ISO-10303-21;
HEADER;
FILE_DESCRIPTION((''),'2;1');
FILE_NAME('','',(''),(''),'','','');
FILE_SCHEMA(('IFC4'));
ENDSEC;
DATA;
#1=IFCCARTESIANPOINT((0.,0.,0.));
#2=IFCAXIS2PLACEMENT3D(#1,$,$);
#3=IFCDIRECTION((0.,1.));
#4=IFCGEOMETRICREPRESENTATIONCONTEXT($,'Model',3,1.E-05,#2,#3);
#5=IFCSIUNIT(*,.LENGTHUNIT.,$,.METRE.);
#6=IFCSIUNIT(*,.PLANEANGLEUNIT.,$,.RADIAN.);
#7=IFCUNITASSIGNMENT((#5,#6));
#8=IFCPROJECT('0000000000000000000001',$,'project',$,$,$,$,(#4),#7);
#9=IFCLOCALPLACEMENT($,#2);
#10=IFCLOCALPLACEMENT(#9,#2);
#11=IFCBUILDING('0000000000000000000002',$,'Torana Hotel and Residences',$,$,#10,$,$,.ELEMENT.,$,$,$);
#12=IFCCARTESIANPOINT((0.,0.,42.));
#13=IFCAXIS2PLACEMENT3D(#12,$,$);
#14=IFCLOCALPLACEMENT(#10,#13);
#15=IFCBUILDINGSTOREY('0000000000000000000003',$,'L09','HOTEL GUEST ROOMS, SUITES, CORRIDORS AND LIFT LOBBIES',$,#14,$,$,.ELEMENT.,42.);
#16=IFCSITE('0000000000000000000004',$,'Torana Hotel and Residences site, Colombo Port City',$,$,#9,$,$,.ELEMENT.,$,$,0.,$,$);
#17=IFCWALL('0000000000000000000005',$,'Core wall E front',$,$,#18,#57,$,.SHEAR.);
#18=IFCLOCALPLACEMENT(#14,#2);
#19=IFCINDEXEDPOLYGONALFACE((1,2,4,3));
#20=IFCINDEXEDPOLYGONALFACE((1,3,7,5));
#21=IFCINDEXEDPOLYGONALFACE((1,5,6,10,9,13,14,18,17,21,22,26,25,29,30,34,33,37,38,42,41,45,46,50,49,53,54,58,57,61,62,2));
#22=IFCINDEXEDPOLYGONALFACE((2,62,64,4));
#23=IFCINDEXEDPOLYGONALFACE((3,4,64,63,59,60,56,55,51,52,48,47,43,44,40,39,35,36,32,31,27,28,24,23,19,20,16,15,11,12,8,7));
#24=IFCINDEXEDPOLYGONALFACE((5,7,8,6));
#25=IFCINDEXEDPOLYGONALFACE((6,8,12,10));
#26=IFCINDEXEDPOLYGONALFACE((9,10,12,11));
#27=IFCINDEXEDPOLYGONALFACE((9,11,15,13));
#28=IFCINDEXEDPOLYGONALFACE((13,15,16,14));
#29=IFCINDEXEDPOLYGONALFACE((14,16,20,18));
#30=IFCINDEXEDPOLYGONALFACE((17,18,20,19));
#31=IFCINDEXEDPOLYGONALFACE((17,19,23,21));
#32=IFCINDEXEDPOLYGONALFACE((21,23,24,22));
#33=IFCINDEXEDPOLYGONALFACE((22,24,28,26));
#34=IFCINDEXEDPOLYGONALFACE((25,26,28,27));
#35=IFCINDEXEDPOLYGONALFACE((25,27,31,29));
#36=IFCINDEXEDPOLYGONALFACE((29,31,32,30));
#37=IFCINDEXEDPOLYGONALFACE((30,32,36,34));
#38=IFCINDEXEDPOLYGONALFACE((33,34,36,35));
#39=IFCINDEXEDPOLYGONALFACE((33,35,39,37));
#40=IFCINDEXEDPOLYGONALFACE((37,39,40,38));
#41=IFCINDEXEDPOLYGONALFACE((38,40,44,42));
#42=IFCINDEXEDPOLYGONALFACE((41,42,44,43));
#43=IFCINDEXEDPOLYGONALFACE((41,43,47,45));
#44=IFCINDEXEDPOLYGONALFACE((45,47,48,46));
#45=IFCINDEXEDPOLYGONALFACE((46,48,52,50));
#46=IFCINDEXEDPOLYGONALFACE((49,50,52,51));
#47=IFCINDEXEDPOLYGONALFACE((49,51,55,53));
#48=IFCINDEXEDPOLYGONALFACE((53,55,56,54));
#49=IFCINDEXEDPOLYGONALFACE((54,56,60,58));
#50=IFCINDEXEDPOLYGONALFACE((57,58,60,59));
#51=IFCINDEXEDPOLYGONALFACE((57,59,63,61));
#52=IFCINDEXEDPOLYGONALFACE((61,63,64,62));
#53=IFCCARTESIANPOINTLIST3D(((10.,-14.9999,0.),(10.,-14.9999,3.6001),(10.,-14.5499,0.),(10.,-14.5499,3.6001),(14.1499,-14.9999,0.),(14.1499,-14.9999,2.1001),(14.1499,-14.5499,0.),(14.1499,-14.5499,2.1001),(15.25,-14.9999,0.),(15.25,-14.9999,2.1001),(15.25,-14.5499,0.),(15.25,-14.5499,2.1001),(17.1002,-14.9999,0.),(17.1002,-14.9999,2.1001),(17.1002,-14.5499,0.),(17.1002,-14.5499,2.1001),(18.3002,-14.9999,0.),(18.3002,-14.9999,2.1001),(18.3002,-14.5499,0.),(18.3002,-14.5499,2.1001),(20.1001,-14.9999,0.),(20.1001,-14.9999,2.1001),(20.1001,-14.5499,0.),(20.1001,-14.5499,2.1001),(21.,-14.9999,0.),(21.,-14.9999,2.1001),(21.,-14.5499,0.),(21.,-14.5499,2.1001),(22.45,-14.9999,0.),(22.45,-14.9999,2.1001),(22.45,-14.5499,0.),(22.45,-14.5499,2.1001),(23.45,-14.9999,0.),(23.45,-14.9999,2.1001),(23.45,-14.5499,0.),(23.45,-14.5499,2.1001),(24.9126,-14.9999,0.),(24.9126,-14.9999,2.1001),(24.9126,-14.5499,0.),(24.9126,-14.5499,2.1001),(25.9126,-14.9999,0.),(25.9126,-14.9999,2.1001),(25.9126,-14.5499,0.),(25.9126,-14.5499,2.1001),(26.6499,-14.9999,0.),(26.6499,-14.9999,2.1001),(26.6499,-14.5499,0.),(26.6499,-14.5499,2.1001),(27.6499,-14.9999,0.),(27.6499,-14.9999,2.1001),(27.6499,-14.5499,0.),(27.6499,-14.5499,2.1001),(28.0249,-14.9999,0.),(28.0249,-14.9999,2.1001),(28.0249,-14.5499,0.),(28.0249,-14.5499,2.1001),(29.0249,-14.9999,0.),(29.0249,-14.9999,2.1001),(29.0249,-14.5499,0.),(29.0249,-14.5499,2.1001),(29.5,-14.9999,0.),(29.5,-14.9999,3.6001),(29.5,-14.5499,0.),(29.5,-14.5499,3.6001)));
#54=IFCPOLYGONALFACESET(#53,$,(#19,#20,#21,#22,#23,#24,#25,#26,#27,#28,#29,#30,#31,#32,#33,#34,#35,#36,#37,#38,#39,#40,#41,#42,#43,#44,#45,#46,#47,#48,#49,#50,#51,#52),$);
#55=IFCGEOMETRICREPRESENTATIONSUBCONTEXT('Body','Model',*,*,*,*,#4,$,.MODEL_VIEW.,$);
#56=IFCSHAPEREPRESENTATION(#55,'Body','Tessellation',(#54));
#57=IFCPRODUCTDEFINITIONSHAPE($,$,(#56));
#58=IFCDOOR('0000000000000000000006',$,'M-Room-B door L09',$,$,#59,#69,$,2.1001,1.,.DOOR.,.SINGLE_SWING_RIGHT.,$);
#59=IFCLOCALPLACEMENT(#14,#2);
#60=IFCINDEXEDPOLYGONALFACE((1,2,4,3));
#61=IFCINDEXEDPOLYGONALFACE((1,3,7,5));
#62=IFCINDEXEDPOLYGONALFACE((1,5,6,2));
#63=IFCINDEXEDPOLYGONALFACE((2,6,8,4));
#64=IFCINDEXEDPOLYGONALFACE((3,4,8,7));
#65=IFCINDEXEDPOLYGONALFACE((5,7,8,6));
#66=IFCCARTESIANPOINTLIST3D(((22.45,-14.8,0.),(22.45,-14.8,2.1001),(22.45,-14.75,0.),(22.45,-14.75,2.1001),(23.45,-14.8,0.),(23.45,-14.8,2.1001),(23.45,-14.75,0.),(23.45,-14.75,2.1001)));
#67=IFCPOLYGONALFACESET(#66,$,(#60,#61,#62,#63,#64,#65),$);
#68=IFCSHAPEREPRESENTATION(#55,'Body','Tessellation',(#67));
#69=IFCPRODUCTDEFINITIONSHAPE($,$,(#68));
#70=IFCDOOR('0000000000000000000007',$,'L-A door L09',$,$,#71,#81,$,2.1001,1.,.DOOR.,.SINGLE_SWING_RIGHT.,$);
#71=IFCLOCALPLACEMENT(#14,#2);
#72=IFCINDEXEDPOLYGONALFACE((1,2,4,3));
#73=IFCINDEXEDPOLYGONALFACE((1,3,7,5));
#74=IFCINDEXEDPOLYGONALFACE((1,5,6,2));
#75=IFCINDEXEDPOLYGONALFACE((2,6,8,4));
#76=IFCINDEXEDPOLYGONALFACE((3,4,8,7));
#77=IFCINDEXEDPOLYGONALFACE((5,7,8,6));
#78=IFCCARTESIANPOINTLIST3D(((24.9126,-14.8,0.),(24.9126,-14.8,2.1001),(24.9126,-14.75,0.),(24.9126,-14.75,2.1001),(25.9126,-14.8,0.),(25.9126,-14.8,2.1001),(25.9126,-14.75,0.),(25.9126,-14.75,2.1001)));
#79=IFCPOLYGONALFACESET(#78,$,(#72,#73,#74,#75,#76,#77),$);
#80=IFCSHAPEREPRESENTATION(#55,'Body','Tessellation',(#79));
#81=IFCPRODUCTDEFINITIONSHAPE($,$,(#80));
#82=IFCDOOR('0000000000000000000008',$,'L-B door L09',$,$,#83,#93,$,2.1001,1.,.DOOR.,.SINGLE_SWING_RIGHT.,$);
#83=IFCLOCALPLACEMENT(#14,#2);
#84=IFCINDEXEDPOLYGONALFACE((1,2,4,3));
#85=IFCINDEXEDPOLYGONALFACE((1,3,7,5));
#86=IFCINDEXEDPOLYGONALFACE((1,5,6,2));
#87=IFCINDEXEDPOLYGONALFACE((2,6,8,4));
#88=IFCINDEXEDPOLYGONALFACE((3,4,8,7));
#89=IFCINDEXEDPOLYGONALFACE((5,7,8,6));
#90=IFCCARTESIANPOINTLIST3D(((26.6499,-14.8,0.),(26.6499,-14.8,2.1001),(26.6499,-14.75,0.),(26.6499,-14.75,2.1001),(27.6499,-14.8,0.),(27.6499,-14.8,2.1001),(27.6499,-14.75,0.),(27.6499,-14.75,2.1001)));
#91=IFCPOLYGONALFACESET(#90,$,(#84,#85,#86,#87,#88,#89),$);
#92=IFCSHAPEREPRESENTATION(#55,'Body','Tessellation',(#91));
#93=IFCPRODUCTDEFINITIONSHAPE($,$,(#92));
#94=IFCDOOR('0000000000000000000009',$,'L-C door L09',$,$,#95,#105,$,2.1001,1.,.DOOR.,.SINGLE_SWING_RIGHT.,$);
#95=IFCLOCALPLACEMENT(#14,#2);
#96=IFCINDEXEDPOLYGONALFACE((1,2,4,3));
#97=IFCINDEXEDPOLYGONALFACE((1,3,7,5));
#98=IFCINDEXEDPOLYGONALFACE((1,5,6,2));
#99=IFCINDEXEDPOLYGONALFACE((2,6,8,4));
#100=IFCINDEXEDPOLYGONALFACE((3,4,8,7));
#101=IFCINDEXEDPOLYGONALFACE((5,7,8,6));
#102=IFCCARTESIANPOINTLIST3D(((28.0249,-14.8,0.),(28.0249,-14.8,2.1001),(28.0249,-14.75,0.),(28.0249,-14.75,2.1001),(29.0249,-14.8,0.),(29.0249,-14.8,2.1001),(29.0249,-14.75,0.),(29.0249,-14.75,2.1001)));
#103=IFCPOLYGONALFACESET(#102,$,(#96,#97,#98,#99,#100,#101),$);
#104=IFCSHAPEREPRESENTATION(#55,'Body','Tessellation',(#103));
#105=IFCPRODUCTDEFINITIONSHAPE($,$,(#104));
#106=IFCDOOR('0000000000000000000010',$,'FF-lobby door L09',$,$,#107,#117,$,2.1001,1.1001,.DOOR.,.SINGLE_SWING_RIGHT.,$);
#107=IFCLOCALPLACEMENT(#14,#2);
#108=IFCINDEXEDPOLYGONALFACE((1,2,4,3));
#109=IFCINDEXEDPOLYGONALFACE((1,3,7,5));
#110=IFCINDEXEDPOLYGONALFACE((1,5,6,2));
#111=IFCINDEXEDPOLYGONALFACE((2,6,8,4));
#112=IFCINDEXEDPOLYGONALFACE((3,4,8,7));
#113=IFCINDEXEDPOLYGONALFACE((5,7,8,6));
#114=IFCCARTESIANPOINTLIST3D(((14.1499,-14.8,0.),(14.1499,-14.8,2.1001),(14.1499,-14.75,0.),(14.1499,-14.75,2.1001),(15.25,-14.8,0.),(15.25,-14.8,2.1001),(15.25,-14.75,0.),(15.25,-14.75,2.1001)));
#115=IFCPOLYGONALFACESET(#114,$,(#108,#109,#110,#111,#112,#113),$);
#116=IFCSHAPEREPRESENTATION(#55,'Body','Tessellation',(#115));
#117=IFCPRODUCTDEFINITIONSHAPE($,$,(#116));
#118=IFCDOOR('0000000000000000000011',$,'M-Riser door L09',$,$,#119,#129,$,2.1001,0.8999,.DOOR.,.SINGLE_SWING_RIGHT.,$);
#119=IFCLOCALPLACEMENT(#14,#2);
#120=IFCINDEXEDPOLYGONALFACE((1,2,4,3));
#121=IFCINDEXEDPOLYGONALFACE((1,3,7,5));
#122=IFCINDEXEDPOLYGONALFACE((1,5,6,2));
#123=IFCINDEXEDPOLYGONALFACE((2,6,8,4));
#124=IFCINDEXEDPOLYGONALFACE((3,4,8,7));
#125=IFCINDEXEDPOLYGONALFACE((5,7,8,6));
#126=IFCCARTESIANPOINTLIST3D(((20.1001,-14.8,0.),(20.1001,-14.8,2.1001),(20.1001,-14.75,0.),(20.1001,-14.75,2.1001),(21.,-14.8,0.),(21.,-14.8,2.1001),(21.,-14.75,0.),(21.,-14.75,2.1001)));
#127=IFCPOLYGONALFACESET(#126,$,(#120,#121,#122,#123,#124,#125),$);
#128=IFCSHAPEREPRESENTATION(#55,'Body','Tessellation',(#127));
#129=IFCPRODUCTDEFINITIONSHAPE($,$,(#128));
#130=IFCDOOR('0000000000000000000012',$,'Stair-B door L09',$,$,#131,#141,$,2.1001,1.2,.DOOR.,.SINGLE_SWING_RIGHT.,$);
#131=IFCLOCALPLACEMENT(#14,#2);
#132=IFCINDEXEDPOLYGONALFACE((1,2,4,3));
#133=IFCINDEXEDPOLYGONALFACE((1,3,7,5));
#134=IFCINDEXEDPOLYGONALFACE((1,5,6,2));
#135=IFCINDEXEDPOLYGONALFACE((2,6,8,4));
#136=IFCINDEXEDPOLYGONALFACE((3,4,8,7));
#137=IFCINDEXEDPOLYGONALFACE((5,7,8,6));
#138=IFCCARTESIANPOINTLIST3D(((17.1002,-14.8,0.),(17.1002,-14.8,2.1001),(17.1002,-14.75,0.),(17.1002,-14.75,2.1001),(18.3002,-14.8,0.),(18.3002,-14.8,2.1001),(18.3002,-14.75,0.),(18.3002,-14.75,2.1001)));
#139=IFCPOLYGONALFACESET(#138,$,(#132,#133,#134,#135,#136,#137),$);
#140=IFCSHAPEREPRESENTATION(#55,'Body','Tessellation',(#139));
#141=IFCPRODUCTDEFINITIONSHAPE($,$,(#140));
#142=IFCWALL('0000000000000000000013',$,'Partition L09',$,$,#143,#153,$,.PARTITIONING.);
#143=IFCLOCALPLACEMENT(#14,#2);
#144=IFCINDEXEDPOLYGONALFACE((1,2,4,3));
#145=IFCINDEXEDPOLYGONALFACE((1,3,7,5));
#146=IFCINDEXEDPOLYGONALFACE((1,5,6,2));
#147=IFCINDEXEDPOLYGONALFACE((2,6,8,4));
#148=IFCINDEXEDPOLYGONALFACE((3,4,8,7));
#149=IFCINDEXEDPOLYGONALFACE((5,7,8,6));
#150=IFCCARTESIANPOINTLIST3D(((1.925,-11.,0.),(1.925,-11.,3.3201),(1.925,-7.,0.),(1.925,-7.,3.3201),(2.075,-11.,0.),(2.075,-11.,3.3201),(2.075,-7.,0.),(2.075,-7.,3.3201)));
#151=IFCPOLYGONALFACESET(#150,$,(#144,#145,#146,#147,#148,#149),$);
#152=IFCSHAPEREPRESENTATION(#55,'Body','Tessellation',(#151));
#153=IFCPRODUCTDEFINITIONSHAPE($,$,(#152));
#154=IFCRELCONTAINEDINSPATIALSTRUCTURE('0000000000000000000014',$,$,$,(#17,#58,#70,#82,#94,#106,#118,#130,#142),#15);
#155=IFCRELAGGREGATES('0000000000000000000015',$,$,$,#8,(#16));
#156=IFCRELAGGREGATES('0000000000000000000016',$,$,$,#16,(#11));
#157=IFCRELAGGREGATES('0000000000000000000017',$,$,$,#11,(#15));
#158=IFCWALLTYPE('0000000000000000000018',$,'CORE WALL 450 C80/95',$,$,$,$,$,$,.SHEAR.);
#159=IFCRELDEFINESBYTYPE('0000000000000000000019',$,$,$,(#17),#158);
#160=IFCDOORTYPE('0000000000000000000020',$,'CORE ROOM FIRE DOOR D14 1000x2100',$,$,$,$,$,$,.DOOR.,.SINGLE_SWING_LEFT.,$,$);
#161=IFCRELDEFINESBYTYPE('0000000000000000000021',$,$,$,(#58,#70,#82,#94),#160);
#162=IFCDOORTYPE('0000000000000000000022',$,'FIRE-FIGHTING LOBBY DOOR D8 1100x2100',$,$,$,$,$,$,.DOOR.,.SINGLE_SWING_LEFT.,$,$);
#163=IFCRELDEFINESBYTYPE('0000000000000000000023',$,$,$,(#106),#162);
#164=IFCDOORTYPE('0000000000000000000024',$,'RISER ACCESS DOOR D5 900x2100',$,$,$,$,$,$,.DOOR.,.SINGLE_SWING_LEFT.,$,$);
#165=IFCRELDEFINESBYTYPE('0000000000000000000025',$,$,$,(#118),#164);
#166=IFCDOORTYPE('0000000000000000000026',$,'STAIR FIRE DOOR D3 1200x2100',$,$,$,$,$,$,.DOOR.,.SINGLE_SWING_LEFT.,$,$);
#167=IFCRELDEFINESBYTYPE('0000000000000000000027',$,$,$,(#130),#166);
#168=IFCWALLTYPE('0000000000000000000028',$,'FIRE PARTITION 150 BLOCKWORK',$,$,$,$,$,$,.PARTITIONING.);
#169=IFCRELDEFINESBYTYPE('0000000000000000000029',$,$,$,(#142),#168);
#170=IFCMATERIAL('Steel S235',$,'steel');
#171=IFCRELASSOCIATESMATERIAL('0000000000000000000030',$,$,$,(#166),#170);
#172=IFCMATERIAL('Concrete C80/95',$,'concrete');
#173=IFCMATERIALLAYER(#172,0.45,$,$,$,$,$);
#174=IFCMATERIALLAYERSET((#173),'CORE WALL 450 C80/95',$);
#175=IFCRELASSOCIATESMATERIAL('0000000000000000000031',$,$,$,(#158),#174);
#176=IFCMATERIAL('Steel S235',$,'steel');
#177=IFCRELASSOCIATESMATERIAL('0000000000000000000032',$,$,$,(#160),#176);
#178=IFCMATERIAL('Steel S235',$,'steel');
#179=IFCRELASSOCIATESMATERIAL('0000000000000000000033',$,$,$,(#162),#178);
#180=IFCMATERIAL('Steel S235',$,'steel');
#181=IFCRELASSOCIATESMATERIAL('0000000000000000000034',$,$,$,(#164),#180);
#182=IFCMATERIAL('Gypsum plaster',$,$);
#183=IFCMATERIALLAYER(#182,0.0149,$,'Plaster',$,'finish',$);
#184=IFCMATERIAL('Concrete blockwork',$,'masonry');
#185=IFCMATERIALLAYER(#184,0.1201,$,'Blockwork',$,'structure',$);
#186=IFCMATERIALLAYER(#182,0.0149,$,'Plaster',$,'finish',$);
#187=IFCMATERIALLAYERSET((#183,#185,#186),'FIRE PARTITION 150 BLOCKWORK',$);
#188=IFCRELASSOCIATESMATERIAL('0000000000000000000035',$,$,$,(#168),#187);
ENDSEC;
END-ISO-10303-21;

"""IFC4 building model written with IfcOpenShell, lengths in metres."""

from ifc_helpers import new_model, si_unit, direction, frame, frame_2d, origin, place, context, subcontext, project, spatial, rectangle, extrude, material, layer, layer_set, type_object, element, fill, save


model = new_model("IFC4")

# Units and contexts
model_context = context("Model", 3, precision=1e-05, world=origin(), true_north=direction((0.0, 1.0)))
body_context = subcontext(model_context, "Body", "Model", "MODEL_VIEW")
ifc_project = project(units=[si_unit("LENGTHUNIT", "METRE"), si_unit("PLANEANGLEUNIT", "RADIAN")], contexts=[model_context])

# Site, building, storey
site_placement = place(None, origin())
site = spatial("IfcSite", under=ifc_project, at=site_placement, Name="Torana Hotel and Residences site, Colombo Port City", CompositionType="ELEMENT", RefElevation=0.0)
building_placement = place(site_placement, origin())
building = spatial("IfcBuilding", under=site, at=building_placement, Name="Torana Hotel and Residences", CompositionType="ELEMENT")
storey_placement = place(building_placement, frame((0.0, 0.0, 42.0)))
storey = spatial("IfcBuildingStorey", under=building, at=storey_placement, Name="L09", Description="HOTEL GUEST ROOMS, SUITES, CORRIDORS AND LIFT LOBBIES", CompositionType="ELEMENT", Elevation=42.0)

# Wall, openings, doors
ifc_material_1 = material(Name="Steel S235", Category="steel")
door_type_1 = type_object("IfcDoorType", Name="STAIR FIRE DOOR D3 1200x2100", OperationType="SINGLE_SWING_LEFT", PredefinedType="DOOR", material=ifc_material_1)
ifc_material_2 = material(Name="Concrete C80/95", Category="concrete")
ifc_layer_1 = layer(ifc_material_2, 0.45)
ifc_layer_set_1 = layer_set([ifc_layer_1], Name="CORE WALL 450 C80/95")
wall_type_1 = type_object("IfcWallType", Name="CORE WALL 450 C80/95", PredefinedType="SHEAR", material=ifc_layer_set_1)
wall_1_placement = place(storey_placement, frame((10.0, -14.7749, 0.0), z_axis=(0.0, 0.0, 1.0), x_axis=(1.0, 0.0, 0.0)))
wall_1 = element("IfcWall", 1, at=wall_1_placement, inside=storey, type_object=wall_type_1, Name="Core wall E front", PredefinedType="SHEAR", context=body_context, shape_type="SweptSolid", body=[
    extrude(rectangle(XDim=19.5, YDim=0.45, at=frame_2d((9.75, 0.0))), origin(), (0.0, 0.0, 1.0), 3.6001),
])
opening_1_placement = place(wall_1_placement, frame((7.1001, 0.0, 0.0)))
opening_1 = element("IfcOpeningElement", 2, at=opening_1_placement, cuts=wall_1, PredefinedType="OPENING", context=body_context, shape_type="SweptSolid", body=[
    extrude(rectangle(XDim=1.2, YDim=2.1001, at=frame_2d((0.6001, 1.05))), frame((0.0, 0.2349, 0.0), z_axis=(0.0, -1.0, 0.0), x_axis=(1.0, 0.0, 0.0)), (0.0, 0.0, 1.0), 0.47),
])
opening_2_placement = place(wall_1_placement, frame((4.1499, 0.0, 0.0)))
opening_2 = element("IfcOpeningElement", 3, at=opening_2_placement, cuts=wall_1, PredefinedType="OPENING", context=body_context, shape_type="SweptSolid", body=[
    extrude(rectangle(XDim=1.1001, YDim=2.1001, at=frame_2d((0.55, 1.05))), frame((0.0, 0.2349, 0.0), z_axis=(0.0, -1.0, 0.0), x_axis=(1.0, 0.0, 0.0)), (0.0, 0.0, 1.0), 0.47),
])
opening_3_placement = place(wall_1_placement, frame((10.1001, 0.0, 0.0)))
opening_3 = element("IfcOpeningElement", 4, at=opening_3_placement, cuts=wall_1, PredefinedType="OPENING", context=body_context, shape_type="SweptSolid", body=[
    extrude(rectangle(XDim=0.8999, YDim=2.1001, at=frame_2d((0.45, 1.05))), frame((0.0, 0.2349, 0.0), z_axis=(0.0, -1.0, 0.0), x_axis=(1.0, 0.0, 0.0)), (0.0, 0.0, 1.0), 0.47),
])
opening_4_placement = place(wall_1_placement, frame((12.45, 0.0, 0.0)))
opening_4 = element("IfcOpeningElement", 5, at=opening_4_placement, cuts=wall_1, PredefinedType="OPENING", context=body_context, shape_type="SweptSolid", body=[
    extrude(rectangle(XDim=1.0, YDim=2.1001, at=frame_2d((0.5, 1.05))), frame((0.0, 0.2349, 0.0), z_axis=(0.0, -1.0, 0.0), x_axis=(1.0, 0.0, 0.0)), (0.0, 0.0, 1.0), 0.47),
])
opening_5_placement = place(wall_1_placement, frame((14.9126, 0.0, 0.0)))
opening_5 = element("IfcOpeningElement", 6, at=opening_5_placement, cuts=wall_1, PredefinedType="OPENING", context=body_context, shape_type="SweptSolid", body=[
    extrude(rectangle(XDim=1.0, YDim=2.1001, at=frame_2d((0.5, 1.05))), frame((0.0, 0.2349, 0.0), z_axis=(0.0, -1.0, 0.0), x_axis=(1.0, 0.0, 0.0)), (0.0, 0.0, 1.0), 0.47),
])
opening_6_placement = place(wall_1_placement, frame((16.6499, 0.0, 0.0)))
opening_6 = element("IfcOpeningElement", 7, at=opening_6_placement, cuts=wall_1, PredefinedType="OPENING", context=body_context, shape_type="SweptSolid", body=[
    extrude(rectangle(XDim=1.0, YDim=2.1001, at=frame_2d((0.5, 1.05))), frame((0.0, 0.2349, 0.0), z_axis=(0.0, -1.0, 0.0), x_axis=(1.0, 0.0, 0.0)), (0.0, 0.0, 1.0), 0.47),
])
opening_7_placement = place(wall_1_placement, frame((18.0249, 0.0, 0.0)))
opening_7 = element("IfcOpeningElement", 8, at=opening_7_placement, cuts=wall_1, PredefinedType="OPENING", context=body_context, shape_type="SweptSolid", body=[
    extrude(rectangle(XDim=1.0, YDim=2.1001, at=frame_2d((0.5, 1.05))), frame((0.0, 0.2349, 0.0), z_axis=(0.0, -1.0, 0.0), x_axis=(1.0, 0.0, 0.0)), (0.0, 0.0, 1.0), 0.47),
])
ifc_material_3 = material(Name="Steel S235", Category="steel")
door_type_2 = type_object("IfcDoorType", Name="CORE ROOM FIRE DOOR D14 1000x2100", OperationType="SINGLE_SWING_LEFT", PredefinedType="DOOR", material=ifc_material_3)
door_1_placement = place(opening_4_placement, origin())
door_1 = element("IfcDoor", 9, at=door_1_placement, inside=storey, type_object=door_type_2, Name="M-Room-B door L09", OperationType="SINGLE_SWING_RIGHT", OverallHeight=2.1001, OverallWidth=1.0, PredefinedType="DOOR", context=body_context, shape_type="SweptSolid", body=[
    extrude(rectangle(XDim=1.0, YDim=2.1001, at=frame_2d((0.5, 1.05))), frame((0.0, 0.0249, 0.0), z_axis=(0.0, -1.0, 0.0), x_axis=(1.0, 0.0, 0.0)), (0.0, 0.0, 1.0), 0.05),
])
fill(opening_4, door_1)
door_2_placement = place(opening_5_placement, origin())
door_2 = element("IfcDoor", 10, at=door_2_placement, inside=storey, type_object=door_type_2, Name="L-A door L09", OperationType="SINGLE_SWING_RIGHT", OverallHeight=2.1001, OverallWidth=1.0, PredefinedType="DOOR", context=body_context, shape_type="SweptSolid", body=[
    extrude(rectangle(XDim=1.0, YDim=2.1001, at=frame_2d((0.5, 1.05))), frame((0.0, 0.0249, 0.0), z_axis=(0.0, -1.0, 0.0), x_axis=(1.0, 0.0, 0.0)), (0.0, 0.0, 1.0), 0.05),
])
fill(opening_5, door_2)
door_3_placement = place(opening_6_placement, origin())
door_3 = element("IfcDoor", 11, at=door_3_placement, inside=storey, type_object=door_type_2, Name="L-B door L09", OperationType="SINGLE_SWING_RIGHT", OverallHeight=2.1001, OverallWidth=1.0, PredefinedType="DOOR", context=body_context, shape_type="SweptSolid", body=[
    extrude(rectangle(XDim=1.0, YDim=2.1001, at=frame_2d((0.5, 1.05))), frame((0.0, 0.0249, 0.0), z_axis=(0.0, -1.0, 0.0), x_axis=(1.0, 0.0, 0.0)), (0.0, 0.0, 1.0), 0.05),
])
fill(opening_6, door_3)
door_4_placement = place(opening_7_placement, origin())
door_4 = element("IfcDoor", 12, at=door_4_placement, inside=storey, type_object=door_type_2, Name="L-C door L09", OperationType="SINGLE_SWING_RIGHT", OverallHeight=2.1001, OverallWidth=1.0, PredefinedType="DOOR", context=body_context, shape_type="SweptSolid", body=[
    extrude(rectangle(XDim=1.0, YDim=2.1001, at=frame_2d((0.5, 1.05))), frame((0.0, 0.0249, 0.0), z_axis=(0.0, -1.0, 0.0), x_axis=(1.0, 0.0, 0.0)), (0.0, 0.0, 1.0), 0.05),
])
fill(opening_7, door_4)
ifc_material_4 = material(Name="Steel S235", Category="steel")
door_type_3 = type_object("IfcDoorType", Name="FIRE-FIGHTING LOBBY DOOR D8 1100x2100", OperationType="SINGLE_SWING_LEFT", PredefinedType="DOOR", material=ifc_material_4)
door_5_placement = place(opening_2_placement, origin())
door_5 = element("IfcDoor", 13, at=door_5_placement, inside=storey, type_object=door_type_3, Name="FF-lobby door L09", OperationType="SINGLE_SWING_RIGHT", OverallHeight=2.1001, OverallWidth=1.1001, PredefinedType="DOOR", context=body_context, shape_type="SweptSolid", body=[
    extrude(rectangle(XDim=1.1001, YDim=2.1001, at=frame_2d((0.55, 1.05))), frame((0.0, 0.0249, 0.0), z_axis=(0.0, -1.0, 0.0), x_axis=(1.0, 0.0, 0.0)), (0.0, 0.0, 1.0), 0.05),
])
fill(opening_2, door_5)
ifc_material_5 = material(Name="Steel S235", Category="steel")
door_type_4 = type_object("IfcDoorType", Name="RISER ACCESS DOOR D5 900x2100", OperationType="SINGLE_SWING_LEFT", PredefinedType="DOOR", material=ifc_material_5)
door_6_placement = place(opening_3_placement, origin())
door_6 = element("IfcDoor", 14, at=door_6_placement, inside=storey, type_object=door_type_4, Name="M-Riser door L09", OperationType="SINGLE_SWING_RIGHT", OverallHeight=2.1001, OverallWidth=0.8999, PredefinedType="DOOR", context=body_context, shape_type="SweptSolid", body=[
    extrude(rectangle(XDim=0.8999, YDim=2.1001, at=frame_2d((0.45, 1.05))), frame((0.0, 0.0249, 0.0), z_axis=(0.0, -1.0, 0.0), x_axis=(1.0, 0.0, 0.0)), (0.0, 0.0, 1.0), 0.05),
])
fill(opening_3, door_6)
door_7_placement = place(opening_1_placement, origin())
door_7 = element("IfcDoor", 15, at=door_7_placement, inside=storey, type_object=door_type_1, Name="Stair-B door L09", OperationType="SINGLE_SWING_RIGHT", OverallHeight=2.1001, OverallWidth=1.2, PredefinedType="DOOR", context=body_context, shape_type="SweptSolid", body=[
    extrude(rectangle(XDim=1.2, YDim=2.1001, at=frame_2d((0.6001, 1.05))), frame((0.0, 0.0249, 0.0), z_axis=(0.0, -1.0, 0.0), x_axis=(1.0, 0.0, 0.0)), (0.0, 0.0, 1.0), 0.05),
])
fill(opening_1, door_7)

# Wall
ifc_material_6 = material(Name="Gypsum plaster")
ifc_layer_2 = layer(ifc_material_6, 0.0149, Name="Plaster", Category="finish")
ifc_material_7 = material(Name="Concrete blockwork", Category="masonry")
ifc_layer_3 = layer(ifc_material_7, 0.1201, Name="Blockwork", Category="structure")
ifc_layer_4 = layer(ifc_material_6, 0.0149, Name="Plaster", Category="finish")
ifc_layer_set_2 = layer_set([ifc_layer_2, ifc_layer_3, ifc_layer_4], Name="FIRE PARTITION 150 BLOCKWORK")
wall_type_2 = type_object("IfcWallType", Name="FIRE PARTITION 150 BLOCKWORK", PredefinedType="PARTITIONING", material=ifc_layer_set_2)
wall_2_placement = place(storey_placement, frame((2.0, -11.0, 0.0), z_axis=(0.0, 0.0, 1.0), x_axis=(0.0, 1.0, 0.0)))
element("IfcWall", 16, at=wall_2_placement, inside=storey, type_object=wall_type_2, Name="Partition L09", PredefinedType="PARTITIONING", context=body_context, shape_type="SweptSolid", body=[
    extrude(rectangle(XDim=4.0, YDim=0.1499, at=frame_2d((2.0, 0.0))), origin(), (0.0, 0.0, 1.0), 3.3201),
])

save(model, "model.ifc")
